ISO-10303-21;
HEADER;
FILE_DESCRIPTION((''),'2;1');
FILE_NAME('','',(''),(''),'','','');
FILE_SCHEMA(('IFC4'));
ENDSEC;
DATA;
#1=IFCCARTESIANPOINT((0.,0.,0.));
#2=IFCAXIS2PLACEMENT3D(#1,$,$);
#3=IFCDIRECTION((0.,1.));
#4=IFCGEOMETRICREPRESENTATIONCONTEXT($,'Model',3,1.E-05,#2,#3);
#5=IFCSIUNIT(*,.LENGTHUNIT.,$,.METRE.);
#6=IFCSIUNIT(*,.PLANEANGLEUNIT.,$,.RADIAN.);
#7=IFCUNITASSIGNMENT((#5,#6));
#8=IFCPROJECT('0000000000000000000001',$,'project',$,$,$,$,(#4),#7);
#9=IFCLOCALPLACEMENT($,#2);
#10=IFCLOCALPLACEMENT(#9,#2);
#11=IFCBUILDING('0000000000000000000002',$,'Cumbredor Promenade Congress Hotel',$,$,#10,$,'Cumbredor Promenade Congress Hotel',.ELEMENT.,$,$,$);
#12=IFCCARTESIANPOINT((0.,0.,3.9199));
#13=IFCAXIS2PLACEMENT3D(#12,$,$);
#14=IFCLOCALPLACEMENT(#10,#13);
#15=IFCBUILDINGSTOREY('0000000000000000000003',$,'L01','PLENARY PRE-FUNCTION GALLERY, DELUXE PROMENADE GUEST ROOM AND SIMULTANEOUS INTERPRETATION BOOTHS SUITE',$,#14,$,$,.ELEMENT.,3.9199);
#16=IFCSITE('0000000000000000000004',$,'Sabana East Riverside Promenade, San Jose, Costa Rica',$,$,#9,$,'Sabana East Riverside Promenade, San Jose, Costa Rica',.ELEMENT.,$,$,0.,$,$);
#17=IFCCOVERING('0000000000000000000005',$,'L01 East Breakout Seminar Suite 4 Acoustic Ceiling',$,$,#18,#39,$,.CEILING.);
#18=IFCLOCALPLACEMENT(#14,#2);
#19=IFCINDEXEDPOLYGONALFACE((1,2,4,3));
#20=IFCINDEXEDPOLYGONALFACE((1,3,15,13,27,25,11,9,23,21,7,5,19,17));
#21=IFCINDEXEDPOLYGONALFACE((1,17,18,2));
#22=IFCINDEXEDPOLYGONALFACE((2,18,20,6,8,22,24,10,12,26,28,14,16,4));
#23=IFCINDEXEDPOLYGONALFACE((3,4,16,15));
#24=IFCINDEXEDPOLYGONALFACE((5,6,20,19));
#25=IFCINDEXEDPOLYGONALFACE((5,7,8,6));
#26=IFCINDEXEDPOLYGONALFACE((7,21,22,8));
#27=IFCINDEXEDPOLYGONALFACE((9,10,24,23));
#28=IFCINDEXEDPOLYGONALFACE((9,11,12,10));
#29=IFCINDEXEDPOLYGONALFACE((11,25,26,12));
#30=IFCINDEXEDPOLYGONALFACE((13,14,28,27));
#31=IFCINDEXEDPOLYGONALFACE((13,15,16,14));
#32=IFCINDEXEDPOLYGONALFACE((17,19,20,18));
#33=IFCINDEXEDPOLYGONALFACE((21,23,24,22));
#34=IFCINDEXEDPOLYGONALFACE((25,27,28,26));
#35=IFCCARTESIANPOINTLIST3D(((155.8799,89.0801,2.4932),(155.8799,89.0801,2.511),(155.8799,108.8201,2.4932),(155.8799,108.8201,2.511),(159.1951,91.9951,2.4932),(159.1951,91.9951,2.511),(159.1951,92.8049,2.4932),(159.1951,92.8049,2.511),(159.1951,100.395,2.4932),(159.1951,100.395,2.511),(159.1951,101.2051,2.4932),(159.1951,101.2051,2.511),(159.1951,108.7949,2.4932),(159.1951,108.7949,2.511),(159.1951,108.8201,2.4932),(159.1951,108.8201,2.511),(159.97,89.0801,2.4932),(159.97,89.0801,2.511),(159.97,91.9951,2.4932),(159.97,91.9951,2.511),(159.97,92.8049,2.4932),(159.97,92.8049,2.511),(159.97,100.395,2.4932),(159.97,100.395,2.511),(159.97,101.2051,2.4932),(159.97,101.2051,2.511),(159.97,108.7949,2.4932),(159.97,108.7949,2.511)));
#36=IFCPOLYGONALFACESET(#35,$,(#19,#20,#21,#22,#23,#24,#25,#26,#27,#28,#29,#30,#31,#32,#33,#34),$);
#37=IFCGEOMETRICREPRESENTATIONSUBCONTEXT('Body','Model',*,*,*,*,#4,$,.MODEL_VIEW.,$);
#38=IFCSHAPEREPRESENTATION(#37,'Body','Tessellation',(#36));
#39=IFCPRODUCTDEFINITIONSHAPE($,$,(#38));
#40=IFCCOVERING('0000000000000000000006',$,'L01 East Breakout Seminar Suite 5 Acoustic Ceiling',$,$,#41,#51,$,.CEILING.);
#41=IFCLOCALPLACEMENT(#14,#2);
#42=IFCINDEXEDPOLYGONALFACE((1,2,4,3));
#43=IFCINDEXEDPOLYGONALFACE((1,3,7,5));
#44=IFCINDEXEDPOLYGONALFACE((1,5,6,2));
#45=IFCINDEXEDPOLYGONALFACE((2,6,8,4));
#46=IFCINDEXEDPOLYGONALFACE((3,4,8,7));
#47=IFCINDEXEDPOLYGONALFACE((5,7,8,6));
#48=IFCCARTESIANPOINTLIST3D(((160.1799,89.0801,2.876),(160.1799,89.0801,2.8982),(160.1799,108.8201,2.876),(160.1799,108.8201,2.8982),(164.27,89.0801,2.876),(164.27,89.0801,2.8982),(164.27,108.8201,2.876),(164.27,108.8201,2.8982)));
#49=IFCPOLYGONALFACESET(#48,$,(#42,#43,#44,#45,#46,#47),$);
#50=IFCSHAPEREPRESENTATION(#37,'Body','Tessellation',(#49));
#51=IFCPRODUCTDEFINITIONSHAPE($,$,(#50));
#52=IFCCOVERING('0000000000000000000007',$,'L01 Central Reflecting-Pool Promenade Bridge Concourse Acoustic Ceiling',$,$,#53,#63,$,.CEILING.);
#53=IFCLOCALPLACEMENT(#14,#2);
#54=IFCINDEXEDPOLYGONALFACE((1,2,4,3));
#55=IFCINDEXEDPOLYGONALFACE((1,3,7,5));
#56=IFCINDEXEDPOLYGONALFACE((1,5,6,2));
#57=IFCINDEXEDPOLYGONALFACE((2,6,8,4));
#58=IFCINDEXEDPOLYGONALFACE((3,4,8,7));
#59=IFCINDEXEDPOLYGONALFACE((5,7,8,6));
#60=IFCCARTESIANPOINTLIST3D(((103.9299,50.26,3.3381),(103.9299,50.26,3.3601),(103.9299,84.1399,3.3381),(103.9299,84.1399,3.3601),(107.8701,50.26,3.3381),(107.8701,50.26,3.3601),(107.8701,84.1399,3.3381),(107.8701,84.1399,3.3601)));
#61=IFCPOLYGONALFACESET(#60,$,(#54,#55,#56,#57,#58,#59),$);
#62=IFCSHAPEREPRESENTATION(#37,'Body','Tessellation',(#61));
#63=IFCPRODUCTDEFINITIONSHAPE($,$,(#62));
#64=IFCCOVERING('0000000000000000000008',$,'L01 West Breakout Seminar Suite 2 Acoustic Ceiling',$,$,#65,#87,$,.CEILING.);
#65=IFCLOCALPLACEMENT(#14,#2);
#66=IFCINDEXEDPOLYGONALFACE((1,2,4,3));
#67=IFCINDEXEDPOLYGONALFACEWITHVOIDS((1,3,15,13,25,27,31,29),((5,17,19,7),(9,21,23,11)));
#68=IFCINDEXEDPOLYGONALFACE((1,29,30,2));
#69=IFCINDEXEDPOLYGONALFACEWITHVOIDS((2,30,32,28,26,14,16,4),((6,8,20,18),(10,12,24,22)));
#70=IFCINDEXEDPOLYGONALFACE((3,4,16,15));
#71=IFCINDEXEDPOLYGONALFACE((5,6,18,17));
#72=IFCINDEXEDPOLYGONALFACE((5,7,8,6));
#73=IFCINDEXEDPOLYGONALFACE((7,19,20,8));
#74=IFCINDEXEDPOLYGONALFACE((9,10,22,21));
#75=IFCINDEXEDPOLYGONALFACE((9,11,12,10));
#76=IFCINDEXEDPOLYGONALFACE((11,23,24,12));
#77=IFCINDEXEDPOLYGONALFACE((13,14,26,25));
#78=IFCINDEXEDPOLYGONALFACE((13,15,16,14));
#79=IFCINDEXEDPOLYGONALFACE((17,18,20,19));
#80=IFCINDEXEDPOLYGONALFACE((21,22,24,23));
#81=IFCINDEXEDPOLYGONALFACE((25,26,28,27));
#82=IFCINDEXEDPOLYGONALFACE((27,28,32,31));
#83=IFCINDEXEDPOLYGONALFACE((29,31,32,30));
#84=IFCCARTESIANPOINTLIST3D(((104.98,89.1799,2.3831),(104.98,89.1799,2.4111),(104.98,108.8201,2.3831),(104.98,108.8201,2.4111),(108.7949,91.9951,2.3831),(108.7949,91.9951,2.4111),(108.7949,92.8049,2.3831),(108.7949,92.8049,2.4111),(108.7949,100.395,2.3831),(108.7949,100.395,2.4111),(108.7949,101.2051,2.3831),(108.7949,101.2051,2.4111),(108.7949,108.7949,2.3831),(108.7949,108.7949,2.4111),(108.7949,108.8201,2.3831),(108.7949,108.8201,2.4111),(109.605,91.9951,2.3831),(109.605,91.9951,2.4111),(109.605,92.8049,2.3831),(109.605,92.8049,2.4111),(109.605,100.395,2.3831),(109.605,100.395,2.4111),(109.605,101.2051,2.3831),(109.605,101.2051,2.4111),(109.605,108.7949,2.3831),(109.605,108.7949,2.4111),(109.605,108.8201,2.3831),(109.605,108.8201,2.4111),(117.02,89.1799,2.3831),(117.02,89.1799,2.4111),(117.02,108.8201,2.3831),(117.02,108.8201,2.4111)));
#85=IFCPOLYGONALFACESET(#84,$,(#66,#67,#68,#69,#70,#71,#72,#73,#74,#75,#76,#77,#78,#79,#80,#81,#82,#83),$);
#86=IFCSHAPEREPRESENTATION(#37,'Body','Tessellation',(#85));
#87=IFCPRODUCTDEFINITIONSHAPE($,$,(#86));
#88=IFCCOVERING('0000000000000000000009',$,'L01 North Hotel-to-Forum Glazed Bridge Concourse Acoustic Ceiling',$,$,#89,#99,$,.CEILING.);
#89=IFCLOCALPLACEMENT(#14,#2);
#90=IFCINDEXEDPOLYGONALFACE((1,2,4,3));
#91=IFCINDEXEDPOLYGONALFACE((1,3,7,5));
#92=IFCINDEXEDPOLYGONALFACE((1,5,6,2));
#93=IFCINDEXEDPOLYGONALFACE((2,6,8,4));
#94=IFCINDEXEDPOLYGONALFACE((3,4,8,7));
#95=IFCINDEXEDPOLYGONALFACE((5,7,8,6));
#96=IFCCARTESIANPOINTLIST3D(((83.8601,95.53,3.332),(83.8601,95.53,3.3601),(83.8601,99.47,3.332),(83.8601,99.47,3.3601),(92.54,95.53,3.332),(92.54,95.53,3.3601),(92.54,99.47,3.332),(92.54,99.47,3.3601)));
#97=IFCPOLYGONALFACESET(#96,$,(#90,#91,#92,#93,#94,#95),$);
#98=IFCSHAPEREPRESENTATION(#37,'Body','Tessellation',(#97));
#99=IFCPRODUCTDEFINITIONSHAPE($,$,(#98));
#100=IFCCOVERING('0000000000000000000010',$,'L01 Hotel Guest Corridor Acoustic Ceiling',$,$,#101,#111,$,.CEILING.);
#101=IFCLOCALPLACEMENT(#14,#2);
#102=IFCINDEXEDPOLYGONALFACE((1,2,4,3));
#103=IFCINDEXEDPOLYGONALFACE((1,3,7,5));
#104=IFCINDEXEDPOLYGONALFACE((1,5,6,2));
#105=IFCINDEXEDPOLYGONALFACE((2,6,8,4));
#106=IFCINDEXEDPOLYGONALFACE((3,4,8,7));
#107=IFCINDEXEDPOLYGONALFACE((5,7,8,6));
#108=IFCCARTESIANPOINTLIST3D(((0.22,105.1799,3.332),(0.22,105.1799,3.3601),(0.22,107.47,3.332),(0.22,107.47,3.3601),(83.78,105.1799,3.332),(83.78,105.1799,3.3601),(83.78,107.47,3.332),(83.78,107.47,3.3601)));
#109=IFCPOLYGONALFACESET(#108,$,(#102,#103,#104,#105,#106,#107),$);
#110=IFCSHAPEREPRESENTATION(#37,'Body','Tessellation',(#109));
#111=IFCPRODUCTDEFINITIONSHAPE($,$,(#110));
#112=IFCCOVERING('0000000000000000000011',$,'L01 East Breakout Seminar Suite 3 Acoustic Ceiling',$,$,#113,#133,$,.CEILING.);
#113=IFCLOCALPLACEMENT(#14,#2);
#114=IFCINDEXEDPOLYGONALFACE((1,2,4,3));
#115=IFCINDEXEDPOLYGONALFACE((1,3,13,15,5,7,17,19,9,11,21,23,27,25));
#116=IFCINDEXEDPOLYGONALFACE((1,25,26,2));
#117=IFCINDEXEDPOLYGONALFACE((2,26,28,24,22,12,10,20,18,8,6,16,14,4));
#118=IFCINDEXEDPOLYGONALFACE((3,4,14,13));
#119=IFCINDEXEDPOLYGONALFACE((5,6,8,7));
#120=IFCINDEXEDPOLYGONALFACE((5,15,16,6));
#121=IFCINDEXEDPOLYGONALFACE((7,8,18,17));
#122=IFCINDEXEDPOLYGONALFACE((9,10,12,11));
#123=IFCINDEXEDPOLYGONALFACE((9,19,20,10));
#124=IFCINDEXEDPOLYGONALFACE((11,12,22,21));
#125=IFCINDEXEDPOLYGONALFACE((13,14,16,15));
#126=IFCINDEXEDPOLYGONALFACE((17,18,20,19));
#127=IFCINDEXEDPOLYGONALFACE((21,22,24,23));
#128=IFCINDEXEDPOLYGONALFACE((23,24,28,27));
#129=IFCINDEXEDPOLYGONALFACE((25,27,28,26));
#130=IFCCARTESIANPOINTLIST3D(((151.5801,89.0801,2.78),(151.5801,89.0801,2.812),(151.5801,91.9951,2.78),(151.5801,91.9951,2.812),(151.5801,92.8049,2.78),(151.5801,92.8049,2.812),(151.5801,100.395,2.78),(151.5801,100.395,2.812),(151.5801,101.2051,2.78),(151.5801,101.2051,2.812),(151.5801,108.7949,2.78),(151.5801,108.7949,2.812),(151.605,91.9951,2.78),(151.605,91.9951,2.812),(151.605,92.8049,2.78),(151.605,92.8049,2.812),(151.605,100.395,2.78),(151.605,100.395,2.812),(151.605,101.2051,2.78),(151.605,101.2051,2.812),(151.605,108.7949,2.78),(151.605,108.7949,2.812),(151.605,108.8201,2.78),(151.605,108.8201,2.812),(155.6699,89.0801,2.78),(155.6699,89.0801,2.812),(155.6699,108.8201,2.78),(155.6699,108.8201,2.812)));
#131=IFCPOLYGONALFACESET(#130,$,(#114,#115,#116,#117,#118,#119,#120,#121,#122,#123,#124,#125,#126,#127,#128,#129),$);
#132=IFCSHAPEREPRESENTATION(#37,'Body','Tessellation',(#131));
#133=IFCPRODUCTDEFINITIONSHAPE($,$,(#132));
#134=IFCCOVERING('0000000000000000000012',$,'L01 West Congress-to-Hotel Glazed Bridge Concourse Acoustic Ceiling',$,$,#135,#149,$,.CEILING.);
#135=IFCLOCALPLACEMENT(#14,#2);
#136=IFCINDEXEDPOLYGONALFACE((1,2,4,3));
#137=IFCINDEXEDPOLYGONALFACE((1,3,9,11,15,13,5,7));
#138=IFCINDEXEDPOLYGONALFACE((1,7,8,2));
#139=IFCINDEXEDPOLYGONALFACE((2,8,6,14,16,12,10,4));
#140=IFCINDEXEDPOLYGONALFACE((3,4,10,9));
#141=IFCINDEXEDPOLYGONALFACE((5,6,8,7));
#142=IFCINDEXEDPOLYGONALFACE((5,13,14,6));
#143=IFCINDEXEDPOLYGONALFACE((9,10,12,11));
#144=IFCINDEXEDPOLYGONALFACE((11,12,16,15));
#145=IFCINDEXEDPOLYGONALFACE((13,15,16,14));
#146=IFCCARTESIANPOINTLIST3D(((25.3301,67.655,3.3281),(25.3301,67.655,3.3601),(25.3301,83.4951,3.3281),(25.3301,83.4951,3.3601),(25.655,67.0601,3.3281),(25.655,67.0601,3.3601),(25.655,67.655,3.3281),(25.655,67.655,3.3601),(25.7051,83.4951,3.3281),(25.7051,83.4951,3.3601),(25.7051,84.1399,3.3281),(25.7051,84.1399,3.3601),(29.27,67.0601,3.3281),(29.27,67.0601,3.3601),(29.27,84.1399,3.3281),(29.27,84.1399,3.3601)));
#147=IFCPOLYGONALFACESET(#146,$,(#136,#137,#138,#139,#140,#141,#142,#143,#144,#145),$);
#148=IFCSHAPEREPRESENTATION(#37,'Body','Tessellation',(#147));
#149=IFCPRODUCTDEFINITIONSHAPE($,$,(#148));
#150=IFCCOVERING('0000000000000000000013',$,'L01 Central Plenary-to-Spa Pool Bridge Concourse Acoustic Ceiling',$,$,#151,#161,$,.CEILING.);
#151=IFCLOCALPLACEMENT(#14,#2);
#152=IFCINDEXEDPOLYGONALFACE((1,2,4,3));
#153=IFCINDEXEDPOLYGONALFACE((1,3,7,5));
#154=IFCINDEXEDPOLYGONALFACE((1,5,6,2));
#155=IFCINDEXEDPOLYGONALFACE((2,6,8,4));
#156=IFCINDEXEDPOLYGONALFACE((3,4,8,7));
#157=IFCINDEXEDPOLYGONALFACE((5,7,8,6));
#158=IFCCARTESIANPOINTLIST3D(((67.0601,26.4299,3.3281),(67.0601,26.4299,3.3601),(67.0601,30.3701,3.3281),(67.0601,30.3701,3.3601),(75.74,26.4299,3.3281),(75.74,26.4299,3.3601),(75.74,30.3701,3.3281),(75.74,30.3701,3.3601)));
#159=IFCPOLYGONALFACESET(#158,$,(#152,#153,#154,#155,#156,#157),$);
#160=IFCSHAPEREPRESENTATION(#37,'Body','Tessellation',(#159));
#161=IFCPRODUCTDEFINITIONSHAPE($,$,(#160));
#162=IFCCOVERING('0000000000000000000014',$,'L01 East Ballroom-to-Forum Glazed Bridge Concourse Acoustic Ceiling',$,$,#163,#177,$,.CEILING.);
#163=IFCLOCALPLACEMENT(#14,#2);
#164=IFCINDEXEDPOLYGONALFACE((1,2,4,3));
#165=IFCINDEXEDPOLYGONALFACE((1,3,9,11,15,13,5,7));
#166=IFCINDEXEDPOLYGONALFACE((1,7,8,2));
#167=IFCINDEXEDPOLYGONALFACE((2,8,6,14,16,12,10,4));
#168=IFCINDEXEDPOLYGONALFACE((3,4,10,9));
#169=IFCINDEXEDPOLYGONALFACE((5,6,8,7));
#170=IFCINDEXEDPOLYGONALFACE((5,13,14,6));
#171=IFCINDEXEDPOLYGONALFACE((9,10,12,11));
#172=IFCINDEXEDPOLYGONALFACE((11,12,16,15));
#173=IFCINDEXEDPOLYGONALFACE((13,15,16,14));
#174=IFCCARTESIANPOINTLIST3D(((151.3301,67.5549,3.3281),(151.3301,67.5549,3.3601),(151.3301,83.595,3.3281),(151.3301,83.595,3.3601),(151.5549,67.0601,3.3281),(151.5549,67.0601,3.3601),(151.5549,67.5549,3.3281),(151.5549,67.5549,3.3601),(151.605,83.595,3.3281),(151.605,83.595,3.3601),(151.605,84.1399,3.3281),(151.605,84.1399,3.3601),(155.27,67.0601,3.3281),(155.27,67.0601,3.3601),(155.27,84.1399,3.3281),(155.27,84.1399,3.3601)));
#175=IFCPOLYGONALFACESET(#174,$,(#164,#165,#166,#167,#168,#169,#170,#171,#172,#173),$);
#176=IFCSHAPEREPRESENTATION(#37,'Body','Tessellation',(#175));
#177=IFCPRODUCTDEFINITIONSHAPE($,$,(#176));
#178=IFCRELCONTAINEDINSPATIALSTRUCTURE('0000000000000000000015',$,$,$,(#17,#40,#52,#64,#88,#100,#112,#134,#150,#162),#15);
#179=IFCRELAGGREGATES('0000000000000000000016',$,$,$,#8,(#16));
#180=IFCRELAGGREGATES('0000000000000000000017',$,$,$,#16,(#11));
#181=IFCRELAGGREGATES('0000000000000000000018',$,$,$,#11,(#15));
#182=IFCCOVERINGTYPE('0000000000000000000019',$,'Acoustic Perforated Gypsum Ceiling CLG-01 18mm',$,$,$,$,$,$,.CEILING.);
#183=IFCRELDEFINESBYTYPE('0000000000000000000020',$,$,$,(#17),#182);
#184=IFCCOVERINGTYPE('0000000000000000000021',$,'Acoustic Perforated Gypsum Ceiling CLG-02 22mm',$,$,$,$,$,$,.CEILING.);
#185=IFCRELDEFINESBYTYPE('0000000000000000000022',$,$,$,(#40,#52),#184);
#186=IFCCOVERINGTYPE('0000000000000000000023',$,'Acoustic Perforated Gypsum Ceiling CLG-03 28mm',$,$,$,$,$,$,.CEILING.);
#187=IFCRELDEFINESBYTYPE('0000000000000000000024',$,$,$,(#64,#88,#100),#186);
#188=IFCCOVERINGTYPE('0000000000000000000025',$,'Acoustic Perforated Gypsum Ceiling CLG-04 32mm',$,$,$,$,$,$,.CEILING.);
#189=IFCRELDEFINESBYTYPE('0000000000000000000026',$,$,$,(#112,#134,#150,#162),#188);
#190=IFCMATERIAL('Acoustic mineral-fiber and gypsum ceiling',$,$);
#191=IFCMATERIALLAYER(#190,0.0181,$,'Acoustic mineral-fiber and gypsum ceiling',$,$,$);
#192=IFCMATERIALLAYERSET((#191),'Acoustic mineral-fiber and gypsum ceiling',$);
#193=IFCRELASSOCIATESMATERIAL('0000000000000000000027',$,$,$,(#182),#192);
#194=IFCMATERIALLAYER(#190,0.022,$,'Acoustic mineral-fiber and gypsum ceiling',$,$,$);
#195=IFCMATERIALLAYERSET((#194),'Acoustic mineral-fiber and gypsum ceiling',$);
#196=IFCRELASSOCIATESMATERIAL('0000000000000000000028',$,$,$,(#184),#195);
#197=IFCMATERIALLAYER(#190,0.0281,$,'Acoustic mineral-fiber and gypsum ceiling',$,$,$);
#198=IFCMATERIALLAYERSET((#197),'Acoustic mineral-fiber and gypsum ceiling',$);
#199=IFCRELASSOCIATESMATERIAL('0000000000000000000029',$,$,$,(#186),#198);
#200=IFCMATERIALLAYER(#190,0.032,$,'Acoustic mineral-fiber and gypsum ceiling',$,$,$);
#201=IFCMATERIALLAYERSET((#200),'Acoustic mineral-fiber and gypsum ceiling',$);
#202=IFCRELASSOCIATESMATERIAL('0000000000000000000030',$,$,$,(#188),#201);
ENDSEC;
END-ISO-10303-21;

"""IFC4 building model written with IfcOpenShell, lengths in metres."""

from ifc_helpers import new_model, si_unit, direction, frame, origin, place, context, subcontext, project, spatial, polyline, outline, extrude, material, layer, layer_set, type_object, element, save


model = new_model("IFC4")

# Units and contexts
model_context = context("Model", 3, precision=1e-05, world=origin(), true_north=direction((0.0, 1.0)))
body_context = subcontext(model_context, "Body", "Model", "MODEL_VIEW")
ifc_project = project(units=[si_unit("LENGTHUNIT", "METRE"), si_unit("PLANEANGLEUNIT", "RADIAN")], contexts=[model_context])

# Site, building, storey
site_placement = place(None, origin())
site = spatial("IfcSite", under=ifc_project, at=site_placement, Name="Sabana East Riverside Promenade, San Jose, Costa Rica", LongName="Sabana East Riverside Promenade, San Jose, Costa Rica", CompositionType="ELEMENT", RefElevation=0.0)
building_placement = place(site_placement, origin())
building = spatial("IfcBuilding", under=site, at=building_placement, Name="Cumbredor Promenade Congress Hotel", LongName="Cumbredor Promenade Congress Hotel", CompositionType="ELEMENT")
storey_placement = place(building_placement, frame((0.0, 0.0, 3.9199)))
storey = spatial("IfcBuildingStorey", under=building, at=storey_placement, Name="L01", Description="PLENARY PRE-FUNCTION GALLERY, DELUXE PROMENADE GUEST ROOM AND SIMULTANEOUS INTERPRETATION BOOTHS SUITE", CompositionType="ELEMENT", Elevation=3.9199)

# Coverings
ifc_material_1 = material(Name="Acoustic mineral-fiber and gypsum ceiling")
ifc_layer_1 = layer(ifc_material_1, 0.0181, Name="Acoustic mineral-fiber and gypsum ceiling")
ifc_layer_set_1 = layer_set([ifc_layer_1], Name="Acoustic mineral-fiber and gypsum ceiling")
covering_type_1 = type_object("IfcCoveringType", Name="Acoustic Perforated Gypsum Ceiling CLG-01 18mm", PredefinedType="CEILING", material=ifc_layer_set_1)
covering_1_placement = place(storey_placement, frame((0.0, 0.0, 2.4932)))
element("IfcCovering", 1, at=covering_1_placement, inside=storey, type_object=covering_type_1, Name="L01 East Breakout Seminar Suite 4 Acoustic Ceiling", PredefinedType="CEILING", context=body_context, shape_type="SweptSolid", body=[
    extrude(outline(polyline([(159.97, 101.2051), (159.1951, 101.2051), (159.1951, 100.395), (159.97, 100.395), (159.97, 92.8049), (159.1951, 92.8049), (159.1951, 91.9951), (159.97, 91.9951), (159.97, 89.0801), (155.8799, 89.0801), (155.8799, 108.8201), (159.1951, 108.8201), (159.1951, 108.7949), (159.97, 108.7949), (159.97, 101.2051)])), origin(), (0.0, 0.0, 1.0), 0.0178),
])
ifc_layer_2 = layer(ifc_material_1, 0.022, Name="Acoustic mineral-fiber and gypsum ceiling")
ifc_layer_set_2 = layer_set([ifc_layer_2], Name="Acoustic mineral-fiber and gypsum ceiling")
covering_type_2 = type_object("IfcCoveringType", Name="Acoustic Perforated Gypsum Ceiling CLG-02 22mm", PredefinedType="CEILING", material=ifc_layer_set_2)
covering_2_placement = place(storey_placement, frame((0.0, 0.0, 2.876)))
element("IfcCovering", 2, at=covering_2_placement, inside=storey, type_object=covering_type_2, Name="L01 East Breakout Seminar Suite 5 Acoustic Ceiling", PredefinedType="CEILING", context=body_context, shape_type="SweptSolid", body=[
    extrude(outline(polyline([(160.1799, 89.0801), (160.1799, 108.8201), (164.27, 108.8201), (164.27, 89.0801), (160.1799, 89.0801)])), origin(), (0.0, 0.0, 1.0), 0.0222),
])
covering_3_placement = place(storey_placement, frame((0.0, 0.0, 3.3381)))
element("IfcCovering", 3, at=covering_3_placement, inside=storey, type_object=covering_type_2, Name="L01 Central Reflecting-Pool Promenade Bridge Concourse Acoustic Ceiling", PredefinedType="CEILING", context=body_context, shape_type="SweptSolid", body=[
    extrude(outline(polyline([(103.9299, 50.26), (103.9299, 84.1399), (107.8701, 84.1399), (107.8701, 50.26), (103.9299, 50.26)])), origin(), (0.0, 0.0, 1.0), 0.022),
])
ifc_layer_3 = layer(ifc_material_1, 0.0281, Name="Acoustic mineral-fiber and gypsum ceiling")
ifc_layer_set_3 = layer_set([ifc_layer_3], Name="Acoustic mineral-fiber and gypsum ceiling")
covering_type_3 = type_object("IfcCoveringType", Name="Acoustic Perforated Gypsum Ceiling CLG-03 28mm", PredefinedType="CEILING", material=ifc_layer_set_3)
covering_4_placement = place(storey_placement, frame((0.0, 0.0, 2.3831)))
element("IfcCovering", 4, at=covering_4_placement, inside=storey, type_object=covering_type_3, Name="L01 West Breakout Seminar Suite 2 Acoustic Ceiling", PredefinedType="CEILING", context=body_context, shape_type="SweptSolid", body=[
    extrude(outline(polyline([(117.02, 89.1799), (104.98, 89.1799), (104.98, 108.8201), (108.7949, 108.8201), (108.7949, 108.7949), (109.605, 108.7949), (109.605, 108.8201), (117.02, 108.8201), (117.02, 89.1799)]), holes=[polyline([(108.7949, 91.9951), (109.605, 91.9951), (109.605, 92.8049), (108.7949, 92.8049), (108.7949, 91.9951)]), polyline([(108.7949, 101.2051), (108.7949, 100.395), (109.605, 100.395), (109.605, 101.2051), (108.7949, 101.2051)])]), origin(), (0.0, 0.0, 1.0), 0.0281),
])
covering_5_placement = place(storey_placement, frame((0.0, 0.0, 3.332)))
element("IfcCovering", 5, at=covering_5_placement, inside=storey, type_object=covering_type_3, Name="L01 North Hotel-to-Forum Glazed Bridge Concourse Acoustic Ceiling", PredefinedType="CEILING", context=body_context, shape_type="SweptSolid", body=[
    extrude(outline(polyline([(83.8601, 95.53), (83.8601, 99.47), (92.54, 99.47), (92.54, 95.53), (83.8601, 95.53)])), origin(), (0.0, 0.0, 1.0), 0.0281),
])
covering_6_placement = place(storey_placement, frame((0.0, 0.0, 3.332)))
element("IfcCovering", 6, at=covering_6_placement, inside=storey, type_object=covering_type_3, Name="L01 Hotel Guest Corridor Acoustic Ceiling", PredefinedType="CEILING", context=body_context, shape_type="SweptSolid", body=[
    extrude(outline(polyline([(0.22, 105.1799), (0.22, 107.47), (83.78, 107.47), (83.78, 105.1799), (0.22, 105.1799)])), origin(), (0.0, 0.0, 1.0), 0.0281),
])
ifc_layer_4 = layer(ifc_material_1, 0.032, Name="Acoustic mineral-fiber and gypsum ceiling")
ifc_layer_set_4 = layer_set([ifc_layer_4], Name="Acoustic mineral-fiber and gypsum ceiling")
covering_type_4 = type_object("IfcCoveringType", Name="Acoustic Perforated Gypsum Ceiling CLG-04 32mm", PredefinedType="CEILING", material=ifc_layer_set_4)
covering_7_placement = place(storey_placement, frame((0.0, 0.0, 2.78)))
element("IfcCovering", 7, at=covering_7_placement, inside=storey, type_object=covering_type_4, Name="L01 East Breakout Seminar Suite 3 Acoustic Ceiling", PredefinedType="CEILING", context=body_context, shape_type="SweptSolid", body=[
    extrude(outline(polyline([(151.605, 92.8049), (151.5801, 92.8049), (151.5801, 100.395), (151.605, 100.395), (151.605, 101.2051), (151.5801, 101.2051), (151.5801, 108.7949), (151.605, 108.7949), (151.605, 108.8201), (155.6699, 108.8201), (155.6699, 89.0801), (151.5801, 89.0801), (151.5801, 91.9951), (151.605, 91.9951), (151.605, 92.8049)])), origin(), (0.0, 0.0, 1.0), 0.032),
])
covering_8_placement = place(storey_placement, frame((0.0, 0.0, 3.3281)))
element("IfcCovering", 8, at=covering_8_placement, inside=storey, type_object=covering_type_4, Name="L01 West Congress-to-Hotel Glazed Bridge Concourse Acoustic Ceiling", PredefinedType="CEILING", context=body_context, shape_type="SweptSolid", body=[
    extrude(outline(polyline([(29.27, 84.1399), (29.27, 67.0601), (25.655, 67.0601), (25.655, 67.655), (25.3301, 67.655), (25.3301, 83.4951), (25.7051, 83.4951), (25.7051, 84.1399), (29.27, 84.1399)])), origin(), (0.0, 0.0, 1.0), 0.032),
])
covering_9_placement = place(storey_placement, frame((0.0, 0.0, 3.3281)))
element("IfcCovering", 9, at=covering_9_placement, inside=storey, type_object=covering_type_4, Name="L01 Central Plenary-to-Spa Pool Bridge Concourse Acoustic Ceiling", PredefinedType="CEILING", context=body_context, shape_type="SweptSolid", body=[
    extrude(outline(polyline([(67.0601, 26.4299), (67.0601, 30.3701), (75.74, 30.3701), (75.74, 26.4299), (67.0601, 26.4299)])), origin(), (0.0, 0.0, 1.0), 0.032),
])
covering_10_placement = place(storey_placement, frame((0.0, 0.0, 3.3281)))
element("IfcCovering", 10, at=covering_10_placement, inside=storey, type_object=covering_type_4, Name="L01 East Ballroom-to-Forum Glazed Bridge Concourse Acoustic Ceiling", PredefinedType="CEILING", context=body_context, shape_type="SweptSolid", body=[
    extrude(outline(polyline([(155.27, 84.1399), (155.27, 67.0601), (151.5549, 67.0601), (151.5549, 67.5549), (151.3301, 67.5549), (151.3301, 83.595), (151.605, 83.595), (151.605, 84.1399), (155.27, 84.1399)])), origin(), (0.0, 0.0, 1.0), 0.032),
])

save(model, "model.ifc")
